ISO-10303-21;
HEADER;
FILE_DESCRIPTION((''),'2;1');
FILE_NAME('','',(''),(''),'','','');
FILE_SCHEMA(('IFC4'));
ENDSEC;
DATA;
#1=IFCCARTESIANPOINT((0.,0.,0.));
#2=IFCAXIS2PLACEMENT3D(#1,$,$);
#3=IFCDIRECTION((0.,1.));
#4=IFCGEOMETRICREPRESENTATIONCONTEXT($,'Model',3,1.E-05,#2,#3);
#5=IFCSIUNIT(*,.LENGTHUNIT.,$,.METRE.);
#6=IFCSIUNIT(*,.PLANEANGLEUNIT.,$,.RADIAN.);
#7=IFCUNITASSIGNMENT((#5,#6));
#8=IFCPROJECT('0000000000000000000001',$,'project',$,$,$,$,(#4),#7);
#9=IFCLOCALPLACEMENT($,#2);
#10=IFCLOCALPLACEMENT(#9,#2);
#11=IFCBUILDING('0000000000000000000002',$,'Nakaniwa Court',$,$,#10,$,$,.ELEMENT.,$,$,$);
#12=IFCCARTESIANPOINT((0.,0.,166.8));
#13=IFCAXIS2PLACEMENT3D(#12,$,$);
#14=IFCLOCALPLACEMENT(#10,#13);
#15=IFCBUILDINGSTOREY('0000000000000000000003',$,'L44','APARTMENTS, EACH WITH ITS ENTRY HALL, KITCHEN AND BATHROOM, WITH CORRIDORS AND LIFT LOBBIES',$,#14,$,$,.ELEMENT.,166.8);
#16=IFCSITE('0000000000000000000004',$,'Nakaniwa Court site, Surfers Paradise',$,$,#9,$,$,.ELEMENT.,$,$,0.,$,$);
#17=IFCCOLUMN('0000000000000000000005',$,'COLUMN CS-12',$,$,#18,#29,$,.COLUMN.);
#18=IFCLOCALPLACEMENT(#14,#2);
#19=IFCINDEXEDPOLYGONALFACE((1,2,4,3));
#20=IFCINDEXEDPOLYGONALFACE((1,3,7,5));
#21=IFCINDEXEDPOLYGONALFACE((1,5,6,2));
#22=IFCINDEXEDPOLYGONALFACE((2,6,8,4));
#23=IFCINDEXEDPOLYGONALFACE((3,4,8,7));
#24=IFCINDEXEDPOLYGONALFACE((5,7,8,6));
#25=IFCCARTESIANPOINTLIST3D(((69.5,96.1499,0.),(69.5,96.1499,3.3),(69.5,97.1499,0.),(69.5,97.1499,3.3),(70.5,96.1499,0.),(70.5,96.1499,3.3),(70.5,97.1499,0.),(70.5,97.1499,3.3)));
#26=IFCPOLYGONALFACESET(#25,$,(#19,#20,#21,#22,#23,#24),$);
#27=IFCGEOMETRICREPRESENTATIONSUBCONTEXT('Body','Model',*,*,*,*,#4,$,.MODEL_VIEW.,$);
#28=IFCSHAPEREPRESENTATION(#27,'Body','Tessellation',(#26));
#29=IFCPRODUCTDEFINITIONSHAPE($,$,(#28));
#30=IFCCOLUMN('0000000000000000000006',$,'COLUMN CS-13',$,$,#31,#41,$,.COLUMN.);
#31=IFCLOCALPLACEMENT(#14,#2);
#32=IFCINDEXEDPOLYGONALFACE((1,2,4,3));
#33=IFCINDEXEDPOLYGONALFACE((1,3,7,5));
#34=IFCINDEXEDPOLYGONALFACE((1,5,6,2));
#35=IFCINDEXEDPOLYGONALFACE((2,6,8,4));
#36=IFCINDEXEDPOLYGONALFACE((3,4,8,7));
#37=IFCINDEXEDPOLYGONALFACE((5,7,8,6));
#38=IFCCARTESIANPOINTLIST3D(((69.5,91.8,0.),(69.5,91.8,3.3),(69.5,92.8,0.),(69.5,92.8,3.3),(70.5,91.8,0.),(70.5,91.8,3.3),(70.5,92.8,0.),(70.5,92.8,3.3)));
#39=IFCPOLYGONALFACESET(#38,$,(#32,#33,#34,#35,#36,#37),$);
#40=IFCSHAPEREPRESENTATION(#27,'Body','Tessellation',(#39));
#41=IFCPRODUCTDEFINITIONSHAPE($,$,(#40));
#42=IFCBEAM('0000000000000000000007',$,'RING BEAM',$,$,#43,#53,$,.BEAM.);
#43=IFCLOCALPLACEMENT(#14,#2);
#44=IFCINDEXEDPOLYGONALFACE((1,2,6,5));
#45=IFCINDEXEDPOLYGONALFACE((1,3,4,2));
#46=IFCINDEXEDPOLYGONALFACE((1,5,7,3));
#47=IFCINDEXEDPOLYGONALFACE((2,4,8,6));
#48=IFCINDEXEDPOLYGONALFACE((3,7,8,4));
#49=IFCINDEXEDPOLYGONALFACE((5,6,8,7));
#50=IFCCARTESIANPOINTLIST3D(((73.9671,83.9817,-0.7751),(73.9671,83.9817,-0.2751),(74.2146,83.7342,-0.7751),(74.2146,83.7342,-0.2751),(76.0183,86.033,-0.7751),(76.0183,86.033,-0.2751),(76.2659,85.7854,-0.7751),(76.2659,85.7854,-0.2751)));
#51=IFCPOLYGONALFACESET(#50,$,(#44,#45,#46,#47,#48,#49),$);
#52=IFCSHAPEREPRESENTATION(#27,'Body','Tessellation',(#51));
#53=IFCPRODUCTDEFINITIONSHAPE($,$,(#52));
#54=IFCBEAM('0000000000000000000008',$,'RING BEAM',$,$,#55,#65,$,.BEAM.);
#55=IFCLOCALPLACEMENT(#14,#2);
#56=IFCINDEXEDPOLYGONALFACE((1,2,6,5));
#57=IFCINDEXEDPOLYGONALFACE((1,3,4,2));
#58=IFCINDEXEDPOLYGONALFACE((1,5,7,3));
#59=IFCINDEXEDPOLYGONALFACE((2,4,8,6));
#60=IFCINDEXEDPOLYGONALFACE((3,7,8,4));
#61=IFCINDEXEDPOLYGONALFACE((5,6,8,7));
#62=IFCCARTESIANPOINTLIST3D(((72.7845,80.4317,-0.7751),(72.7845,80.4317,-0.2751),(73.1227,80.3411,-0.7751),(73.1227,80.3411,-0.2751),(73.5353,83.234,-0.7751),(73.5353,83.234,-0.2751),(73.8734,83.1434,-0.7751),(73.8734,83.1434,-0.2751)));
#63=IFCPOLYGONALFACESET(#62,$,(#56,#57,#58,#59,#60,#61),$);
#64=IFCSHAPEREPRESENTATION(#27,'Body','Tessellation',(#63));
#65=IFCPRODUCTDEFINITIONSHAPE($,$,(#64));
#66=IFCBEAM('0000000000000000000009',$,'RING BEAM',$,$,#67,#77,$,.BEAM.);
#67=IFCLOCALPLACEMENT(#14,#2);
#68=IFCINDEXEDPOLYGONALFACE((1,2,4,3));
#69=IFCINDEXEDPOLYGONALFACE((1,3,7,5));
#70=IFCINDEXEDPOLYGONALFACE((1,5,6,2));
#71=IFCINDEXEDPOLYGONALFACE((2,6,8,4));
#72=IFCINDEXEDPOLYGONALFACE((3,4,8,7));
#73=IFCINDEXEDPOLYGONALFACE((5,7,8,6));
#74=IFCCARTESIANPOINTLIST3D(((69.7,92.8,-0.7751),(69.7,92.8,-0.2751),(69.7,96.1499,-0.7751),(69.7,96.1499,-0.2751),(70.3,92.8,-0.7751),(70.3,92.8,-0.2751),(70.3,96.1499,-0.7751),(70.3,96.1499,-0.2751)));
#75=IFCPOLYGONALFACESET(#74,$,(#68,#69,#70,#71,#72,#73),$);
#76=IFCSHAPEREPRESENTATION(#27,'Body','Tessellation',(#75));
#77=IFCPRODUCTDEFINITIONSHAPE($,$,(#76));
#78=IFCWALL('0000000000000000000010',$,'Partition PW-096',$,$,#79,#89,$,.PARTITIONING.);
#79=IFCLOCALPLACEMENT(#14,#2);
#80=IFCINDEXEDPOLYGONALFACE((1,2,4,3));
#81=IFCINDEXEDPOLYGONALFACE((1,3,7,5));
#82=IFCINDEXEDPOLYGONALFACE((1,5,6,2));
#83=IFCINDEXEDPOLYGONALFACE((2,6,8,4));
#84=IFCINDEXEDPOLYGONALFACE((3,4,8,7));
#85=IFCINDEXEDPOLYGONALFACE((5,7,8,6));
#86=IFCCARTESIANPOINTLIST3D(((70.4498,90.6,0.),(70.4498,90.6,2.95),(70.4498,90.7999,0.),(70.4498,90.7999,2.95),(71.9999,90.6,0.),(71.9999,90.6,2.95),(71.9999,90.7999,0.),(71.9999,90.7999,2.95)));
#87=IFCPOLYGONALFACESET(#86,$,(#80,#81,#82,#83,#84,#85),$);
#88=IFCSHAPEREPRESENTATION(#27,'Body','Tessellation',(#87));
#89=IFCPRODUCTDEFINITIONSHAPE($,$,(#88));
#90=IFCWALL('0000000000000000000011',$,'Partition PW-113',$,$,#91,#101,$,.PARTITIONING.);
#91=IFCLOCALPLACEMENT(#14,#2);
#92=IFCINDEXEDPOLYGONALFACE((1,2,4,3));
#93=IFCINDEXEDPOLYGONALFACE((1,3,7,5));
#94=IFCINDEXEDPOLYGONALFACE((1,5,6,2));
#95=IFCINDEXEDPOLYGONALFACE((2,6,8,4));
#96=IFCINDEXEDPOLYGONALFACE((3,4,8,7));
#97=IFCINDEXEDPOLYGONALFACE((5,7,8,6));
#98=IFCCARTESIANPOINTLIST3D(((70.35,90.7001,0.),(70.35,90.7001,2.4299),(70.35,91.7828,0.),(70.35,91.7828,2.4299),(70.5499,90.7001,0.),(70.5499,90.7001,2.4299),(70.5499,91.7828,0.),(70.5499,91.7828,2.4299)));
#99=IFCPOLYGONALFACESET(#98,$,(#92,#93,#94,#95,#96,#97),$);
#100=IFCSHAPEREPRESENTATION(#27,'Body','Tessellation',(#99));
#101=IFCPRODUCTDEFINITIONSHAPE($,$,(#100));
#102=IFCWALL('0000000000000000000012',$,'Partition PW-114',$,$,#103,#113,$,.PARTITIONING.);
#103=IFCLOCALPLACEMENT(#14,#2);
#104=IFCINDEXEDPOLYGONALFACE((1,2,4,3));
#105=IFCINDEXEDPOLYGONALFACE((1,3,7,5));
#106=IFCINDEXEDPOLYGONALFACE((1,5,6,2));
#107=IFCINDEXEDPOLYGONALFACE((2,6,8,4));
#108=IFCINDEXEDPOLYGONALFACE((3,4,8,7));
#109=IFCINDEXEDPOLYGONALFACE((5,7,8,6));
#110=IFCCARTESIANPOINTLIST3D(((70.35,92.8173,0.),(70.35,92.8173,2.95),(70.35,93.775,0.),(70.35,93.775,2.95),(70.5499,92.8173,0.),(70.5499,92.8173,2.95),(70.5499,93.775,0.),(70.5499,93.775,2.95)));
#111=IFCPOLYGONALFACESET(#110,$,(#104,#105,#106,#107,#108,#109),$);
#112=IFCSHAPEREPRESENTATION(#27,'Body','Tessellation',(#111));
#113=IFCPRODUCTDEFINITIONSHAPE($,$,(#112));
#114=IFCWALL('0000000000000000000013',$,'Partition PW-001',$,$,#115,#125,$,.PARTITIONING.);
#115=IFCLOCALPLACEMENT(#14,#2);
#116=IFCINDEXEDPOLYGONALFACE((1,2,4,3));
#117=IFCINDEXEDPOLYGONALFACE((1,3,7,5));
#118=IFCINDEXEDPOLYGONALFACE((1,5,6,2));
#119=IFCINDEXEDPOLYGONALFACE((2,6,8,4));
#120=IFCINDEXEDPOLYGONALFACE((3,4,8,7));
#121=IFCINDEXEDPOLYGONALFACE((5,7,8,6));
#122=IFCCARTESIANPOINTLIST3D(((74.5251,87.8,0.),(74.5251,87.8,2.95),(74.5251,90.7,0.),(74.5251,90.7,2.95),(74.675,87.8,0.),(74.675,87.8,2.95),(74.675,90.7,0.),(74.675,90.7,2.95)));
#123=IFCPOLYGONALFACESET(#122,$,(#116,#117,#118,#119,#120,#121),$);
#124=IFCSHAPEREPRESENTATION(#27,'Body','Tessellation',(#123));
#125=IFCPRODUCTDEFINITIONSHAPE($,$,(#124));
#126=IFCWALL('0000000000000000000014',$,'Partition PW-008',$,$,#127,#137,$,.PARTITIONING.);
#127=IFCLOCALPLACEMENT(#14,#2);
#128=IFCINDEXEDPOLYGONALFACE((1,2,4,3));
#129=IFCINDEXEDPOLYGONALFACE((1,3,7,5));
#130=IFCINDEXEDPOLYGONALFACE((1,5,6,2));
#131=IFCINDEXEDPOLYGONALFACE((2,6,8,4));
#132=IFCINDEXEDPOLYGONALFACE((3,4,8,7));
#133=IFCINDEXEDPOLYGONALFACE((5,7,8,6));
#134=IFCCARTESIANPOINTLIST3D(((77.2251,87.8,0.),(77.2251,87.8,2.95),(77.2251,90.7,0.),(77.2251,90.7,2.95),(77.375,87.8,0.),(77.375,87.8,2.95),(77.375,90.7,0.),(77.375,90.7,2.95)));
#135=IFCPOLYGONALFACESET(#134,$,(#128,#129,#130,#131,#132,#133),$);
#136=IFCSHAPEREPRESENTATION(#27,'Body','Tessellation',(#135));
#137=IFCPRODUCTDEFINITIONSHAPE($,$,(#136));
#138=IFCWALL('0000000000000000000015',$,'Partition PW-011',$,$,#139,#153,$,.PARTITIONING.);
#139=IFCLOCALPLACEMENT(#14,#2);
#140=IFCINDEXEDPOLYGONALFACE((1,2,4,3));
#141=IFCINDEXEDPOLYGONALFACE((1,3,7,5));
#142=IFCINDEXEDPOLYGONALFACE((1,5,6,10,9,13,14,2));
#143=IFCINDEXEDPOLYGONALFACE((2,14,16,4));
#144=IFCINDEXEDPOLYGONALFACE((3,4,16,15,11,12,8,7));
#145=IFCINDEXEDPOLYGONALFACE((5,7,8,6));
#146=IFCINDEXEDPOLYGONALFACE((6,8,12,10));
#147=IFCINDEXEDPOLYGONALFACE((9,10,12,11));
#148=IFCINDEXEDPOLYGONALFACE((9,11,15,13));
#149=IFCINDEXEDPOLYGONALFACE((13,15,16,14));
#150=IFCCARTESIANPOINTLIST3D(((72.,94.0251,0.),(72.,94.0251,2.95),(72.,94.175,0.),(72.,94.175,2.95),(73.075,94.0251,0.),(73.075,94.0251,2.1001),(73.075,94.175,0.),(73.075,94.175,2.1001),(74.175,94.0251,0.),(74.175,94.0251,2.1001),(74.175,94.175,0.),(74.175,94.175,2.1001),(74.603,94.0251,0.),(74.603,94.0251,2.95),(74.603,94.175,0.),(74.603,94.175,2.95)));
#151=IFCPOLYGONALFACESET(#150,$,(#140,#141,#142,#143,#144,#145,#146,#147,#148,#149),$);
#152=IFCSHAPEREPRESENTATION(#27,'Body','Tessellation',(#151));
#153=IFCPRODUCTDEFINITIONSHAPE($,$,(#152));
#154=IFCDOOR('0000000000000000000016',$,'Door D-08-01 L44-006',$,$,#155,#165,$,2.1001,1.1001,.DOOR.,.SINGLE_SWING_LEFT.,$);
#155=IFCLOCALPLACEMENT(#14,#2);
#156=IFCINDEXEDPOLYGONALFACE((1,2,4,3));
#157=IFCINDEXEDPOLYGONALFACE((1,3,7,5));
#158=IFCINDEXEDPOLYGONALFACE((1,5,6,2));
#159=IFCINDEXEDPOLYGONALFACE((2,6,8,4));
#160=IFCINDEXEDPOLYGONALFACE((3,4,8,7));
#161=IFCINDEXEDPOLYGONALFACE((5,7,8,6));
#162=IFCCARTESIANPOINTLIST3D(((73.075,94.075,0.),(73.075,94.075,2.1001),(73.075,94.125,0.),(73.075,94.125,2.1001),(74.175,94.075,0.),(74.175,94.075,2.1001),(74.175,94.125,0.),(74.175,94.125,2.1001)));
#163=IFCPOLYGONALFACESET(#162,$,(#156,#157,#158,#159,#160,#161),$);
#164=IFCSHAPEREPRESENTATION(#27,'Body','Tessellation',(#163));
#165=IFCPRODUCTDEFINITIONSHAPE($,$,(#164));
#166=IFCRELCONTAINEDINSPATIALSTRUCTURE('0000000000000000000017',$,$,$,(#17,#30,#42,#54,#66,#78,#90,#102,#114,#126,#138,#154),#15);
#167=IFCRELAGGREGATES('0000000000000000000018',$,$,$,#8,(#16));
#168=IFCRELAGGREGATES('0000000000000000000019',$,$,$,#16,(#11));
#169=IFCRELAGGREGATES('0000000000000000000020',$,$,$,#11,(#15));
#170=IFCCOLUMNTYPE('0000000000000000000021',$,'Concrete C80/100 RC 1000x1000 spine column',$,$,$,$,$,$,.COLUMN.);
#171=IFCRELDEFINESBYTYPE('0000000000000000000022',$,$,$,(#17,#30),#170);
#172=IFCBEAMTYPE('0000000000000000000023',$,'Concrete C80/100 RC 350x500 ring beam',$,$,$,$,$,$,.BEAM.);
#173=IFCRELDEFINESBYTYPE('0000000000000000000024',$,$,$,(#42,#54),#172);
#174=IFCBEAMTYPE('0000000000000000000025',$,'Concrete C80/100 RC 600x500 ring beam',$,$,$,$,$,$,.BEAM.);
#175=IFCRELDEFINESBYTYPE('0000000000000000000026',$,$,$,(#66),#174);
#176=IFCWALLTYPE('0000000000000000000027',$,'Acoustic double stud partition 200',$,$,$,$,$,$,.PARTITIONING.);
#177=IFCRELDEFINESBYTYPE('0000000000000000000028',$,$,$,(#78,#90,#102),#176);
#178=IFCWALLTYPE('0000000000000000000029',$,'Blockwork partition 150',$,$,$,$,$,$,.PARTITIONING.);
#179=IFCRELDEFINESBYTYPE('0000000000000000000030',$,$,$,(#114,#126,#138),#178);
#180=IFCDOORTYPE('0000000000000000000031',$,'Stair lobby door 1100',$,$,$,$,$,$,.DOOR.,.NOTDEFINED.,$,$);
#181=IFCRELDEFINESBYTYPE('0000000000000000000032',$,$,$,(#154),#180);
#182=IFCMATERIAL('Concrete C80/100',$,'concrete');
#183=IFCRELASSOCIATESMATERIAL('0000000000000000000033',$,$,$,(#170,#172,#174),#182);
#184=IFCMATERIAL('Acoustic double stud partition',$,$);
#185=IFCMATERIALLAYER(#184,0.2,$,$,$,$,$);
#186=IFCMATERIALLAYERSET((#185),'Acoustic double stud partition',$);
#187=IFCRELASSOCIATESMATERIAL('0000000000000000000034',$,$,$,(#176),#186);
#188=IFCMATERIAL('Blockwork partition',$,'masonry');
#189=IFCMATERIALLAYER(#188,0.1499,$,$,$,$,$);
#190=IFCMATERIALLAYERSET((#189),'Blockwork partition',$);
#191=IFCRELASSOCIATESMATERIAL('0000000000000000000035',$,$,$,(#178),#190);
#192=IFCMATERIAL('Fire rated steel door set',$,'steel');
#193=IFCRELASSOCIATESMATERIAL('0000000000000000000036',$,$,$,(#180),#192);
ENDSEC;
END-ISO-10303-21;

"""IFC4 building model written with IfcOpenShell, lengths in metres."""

from ifc_helpers import new_model, si_unit, direction, frame, frame_2d, origin, origin_2d, place, context, subcontext, project, spatial, rectangle, extrude, material, layer, layer_set, material_profile, profile_set, type_object, element, fill, save


model = new_model("IFC4")

# Units and contexts
model_context = context("Model", 3, precision=1e-05, world=origin(), true_north=direction((0.0, 1.0)))
body_context = subcontext(model_context, "Body", "Model", "MODEL_VIEW")
ifc_project = project(units=[si_unit("LENGTHUNIT", "METRE"), si_unit("PLANEANGLEUNIT", "RADIAN")], contexts=[model_context])

# Site, building, storey
site_placement = place(None, origin())
site = spatial("IfcSite", under=ifc_project, at=site_placement, Name="Nakaniwa Court site, Surfers Paradise", CompositionType="ELEMENT", RefElevation=0.0)
building_placement = place(site_placement, origin())
building = spatial("IfcBuilding", under=site, at=building_placement, Name="Nakaniwa Court", CompositionType="ELEMENT")
storey_placement = place(building_placement, frame((0.0, 0.0, 166.8)))
storey = spatial("IfcBuildingStorey", under=building, at=storey_placement, Name="L44", Description="APARTMENTS, EACH WITH ITS ENTRY HALL, KITCHEN AND BATHROOM, WITH CORRIDORS AND LIFT LOBBIES", CompositionType="ELEMENT", Elevation=166.8)

# Columns
ifc_material_1 = material(Name="Concrete C80/100", Category="concrete")
ifc_material_profile_1 = material_profile(ifc_material_1, rectangle(XDim=1.0, YDim=1.0, at=origin_2d()), Name="Concrete C80/100 RC 1000x1000 spine column")
ifc_profile_set_1 = profile_set([ifc_material_profile_1], Name="Concrete C80/100")
column_type_1 = type_object("IfcColumnType", Name="Concrete C80/100 RC 1000x1000 spine column", PredefinedType="COLUMN", material=ifc_profile_set_1)
for number, where, z_axis, x_axis, name in (
    (1, (70.0, 96.6499, 0.0), (0.0, 0.0, 1.0), (0.0, -1.0, 0.0), "COLUMN CS-12"),
    (2, (70.0, 92.3, 0.0), (0.0, 0.0, 1.0), (0.0, -1.0, 0.0), "COLUMN CS-13"),
):
    element("IfcColumn", number, at=place(storey_placement, frame(where, z_axis=z_axis, x_axis=x_axis)), inside=storey, type_object=column_type_1, Name=name, PredefinedType="COLUMN", context=body_context, shape_type="SweptSolid", body=[
        extrude(rectangle(XDim=1.0, YDim=1.0, at=origin_2d()), origin(), (0.0, 0.0, 1.0), 3.3),
    ])

# Beams
ifc_material_profile_2 = material_profile(ifc_material_1, rectangle(XDim=0.3501, YDim=0.5, at=origin_2d()), Name="Concrete C80/100 RC 350x500 ring beam")
ifc_profile_set_2 = profile_set([ifc_material_profile_2], Name="Concrete C80/100")
beam_type_1 = type_object("IfcBeamType", Name="Concrete C80/100 RC 350x500 ring beam", PredefinedType="BEAM", material=ifc_profile_set_2)
beam_1_placement = place(storey_placement, frame((76.1421, 85.9092, -0.5251), z_axis=(-0.707107, -0.707107, 0.0), x_axis=(0.707107, -0.707107, 0.0)))
element("IfcBeam", 3, at=beam_1_placement, inside=storey, type_object=beam_type_1, Name="RING BEAM", PredefinedType="BEAM", context=body_context, shape_type="SweptSolid", body=[
    extrude(rectangle(XDim=0.3501, YDim=0.5, at=origin_2d()), origin(), (0.0, 0.0, 1.0), 2.9009),
])
beam_2_placement = place(storey_placement, frame((73.7043, 83.1887, -0.5251), z_axis=(-0.258778, -0.965937, 0.0), x_axis=(0.965937, -0.258778, 0.0)))
element("IfcBeam", 4, at=beam_2_placement, inside=storey, type_object=beam_type_1, Name="RING BEAM", PredefinedType="BEAM", context=body_context, shape_type="SweptSolid", body=[
    extrude(rectangle(XDim=0.3501, YDim=0.5, at=origin_2d()), origin(), (0.0, 0.0, 1.0), 2.9011),
])
ifc_material_profile_3 = material_profile(ifc_material_1, rectangle(XDim=0.6001, YDim=0.5, at=origin_2d()), Name="Concrete C80/100 RC 600x500 ring beam")
ifc_profile_set_3 = profile_set([ifc_material_profile_3], Name="Concrete C80/100")
beam_type_2 = type_object("IfcBeamType", Name="Concrete C80/100 RC 600x500 ring beam", PredefinedType="BEAM", material=ifc_profile_set_3)
beam_3_placement = place(storey_placement, frame((70.0, 96.1499, -0.5251), z_axis=(0.0, -1.0, 0.0), x_axis=(1.0, 0.0, 0.0)))
element("IfcBeam", 5, at=beam_3_placement, inside=storey, type_object=beam_type_2, Name="RING BEAM", PredefinedType="BEAM", context=body_context, shape_type="SweptSolid", body=[
    extrude(rectangle(XDim=0.6001, YDim=0.5, at=origin_2d()), origin(), (0.0, 0.0, 1.0), 3.3499),
])

# Walls
ifc_material_2 = material(Name="Acoustic double stud partition")
ifc_layer_1 = layer(ifc_material_2, 0.2)
ifc_layer_set_1 = layer_set([ifc_layer_1], Name="Acoustic double stud partition")
wall_type_1 = type_object("IfcWallType", Name="Acoustic double stud partition 200", PredefinedType="PARTITIONING", material=ifc_layer_set_1)
wall_1_placement = place(storey_placement, frame((70.45, 90.7, 0.0), z_axis=(0.0, 0.0, 1.0), x_axis=(1.0, 0.0, 0.0)))
element("IfcWall", 6, at=wall_1_placement, inside=storey, type_object=wall_type_1, Name="Partition PW-096", PredefinedType="PARTITIONING", context=body_context, shape_type="SweptSolid", body=[
    extrude(rectangle(XDim=1.55, YDim=0.2, at=frame_2d((0.7749, 0.0))), origin(), (0.0, 0.0, 1.0), 2.95),
])
wall_2_placement = place(storey_placement, frame((70.45, 90.7, 0.0), z_axis=(0.0, 0.0, 1.0), x_axis=(0.0, 1.0, 0.0)))
element("IfcWall", 7, at=wall_2_placement, inside=storey, type_object=wall_type_1, Name="Partition PW-113", PredefinedType="PARTITIONING", context=body_context, shape_type="SweptSolid", body=[
    extrude(rectangle(XDim=1.0828, YDim=0.2, at=frame_2d((0.5415, 0.0))), origin(), (0.0, 0.0, 1.0), 2.4299),
])
wall_3_placement = place(storey_placement, frame((70.45, 92.8171, 0.0), z_axis=(0.0, 0.0, 1.0), x_axis=(0.0, 1.0, 0.0)))
element("IfcWall", 8, at=wall_3_placement, inside=storey, type_object=wall_type_1, Name="Partition PW-114", PredefinedType="PARTITIONING", context=body_context, shape_type="SweptSolid", body=[
    extrude(rectangle(XDim=0.9578, YDim=0.2, at=frame_2d((0.479, 0.0))), origin(), (0.0, 0.0, 1.0), 2.95),
])
ifc_material_3 = material(Name="Blockwork partition", Category="masonry")
ifc_layer_2 = layer(ifc_material_3, 0.1499)
ifc_layer_set_2 = layer_set([ifc_layer_2], Name="Blockwork partition")
wall_type_2 = type_object("IfcWallType", Name="Blockwork partition 150", PredefinedType="PARTITIONING", material=ifc_layer_set_2)
for number, where, z_axis, x_axis, name in (
    (9, (74.6001, 87.8, 0.0), (0.0, 0.0, 1.0), (0.0, 1.0, 0.0), "Partition PW-001"),
    (10, (77.3, 87.8, 0.0), (0.0, 0.0, 1.0), (0.0, 1.0, 0.0), "Partition PW-008"),
):
    element("IfcWall", number, at=place(storey_placement, frame(where, z_axis=z_axis, x_axis=x_axis)), inside=storey, type_object=wall_type_2, Name=name, PredefinedType="PARTITIONING", context=body_context, shape_type="SweptSolid", body=[
        extrude(rectangle(XDim=2.8999, YDim=0.1499, at=frame_2d((1.45, 0.0))), origin(), (0.0, 0.0, 1.0), 2.95),
    ])

# Wall, opening, door
wall_4_placement = place(storey_placement, frame((72.0, 94.1001, 0.0), z_axis=(0.0, 0.0, 1.0), x_axis=(1.0, 0.0, 0.0)))
wall_4 = element("IfcWall", 11, at=wall_4_placement, inside=storey, type_object=wall_type_2, Name="Partition PW-011", PredefinedType="PARTITIONING", context=body_context, shape_type="SweptSolid", body=[
    extrude(rectangle(XDim=2.603, YDim=0.1499, at=frame_2d((1.3015, 0.0))), origin(), (0.0, 0.0, 1.0), 2.95),
])
opening_1_placement = place(wall_4_placement, frame((1.075, 0.0, 0.0)))
opening_1 = element("IfcOpeningElement", 12, at=opening_1_placement, cuts=wall_4, PredefinedType="OPENING", context=body_context, shape_type="SweptSolid", body=[
    extrude(rectangle(XDim=1.1001, YDim=2.1001, at=frame_2d((0.55, 1.05))), frame((0.0, 0.085, 0.0), z_axis=(0.0, -1.0, 0.0), x_axis=(1.0, 0.0, 0.0)), (0.0, 0.0, 1.0), 0.1699),
])
ifc_material_4 = material(Name="Fire rated steel door set", Category="steel")
door_type_1 = type_object("IfcDoorType", Name="Stair lobby door 1100", OperationType="NOTDEFINED", PredefinedType="DOOR", material=ifc_material_4)
door_1_placement = place(opening_1_placement, origin())
door_1 = element("IfcDoor", 13, at=door_1_placement, inside=storey, type_object=door_type_1, Name="Door D-08-01 L44-006", OperationType="SINGLE_SWING_LEFT", OverallHeight=2.1001, OverallWidth=1.1001, PredefinedType="DOOR", context=body_context, shape_type="SweptSolid", body=[
    extrude(rectangle(XDim=1.1001, YDim=2.1001, at=frame_2d((0.55, 1.05))), frame((0.0, 0.0249, 0.0), z_axis=(0.0, -1.0, 0.0), x_axis=(1.0, 0.0, 0.0)), (0.0, 0.0, 1.0), 0.05),
])
fill(opening_1, door_1)

save(model, "model.ifc")
